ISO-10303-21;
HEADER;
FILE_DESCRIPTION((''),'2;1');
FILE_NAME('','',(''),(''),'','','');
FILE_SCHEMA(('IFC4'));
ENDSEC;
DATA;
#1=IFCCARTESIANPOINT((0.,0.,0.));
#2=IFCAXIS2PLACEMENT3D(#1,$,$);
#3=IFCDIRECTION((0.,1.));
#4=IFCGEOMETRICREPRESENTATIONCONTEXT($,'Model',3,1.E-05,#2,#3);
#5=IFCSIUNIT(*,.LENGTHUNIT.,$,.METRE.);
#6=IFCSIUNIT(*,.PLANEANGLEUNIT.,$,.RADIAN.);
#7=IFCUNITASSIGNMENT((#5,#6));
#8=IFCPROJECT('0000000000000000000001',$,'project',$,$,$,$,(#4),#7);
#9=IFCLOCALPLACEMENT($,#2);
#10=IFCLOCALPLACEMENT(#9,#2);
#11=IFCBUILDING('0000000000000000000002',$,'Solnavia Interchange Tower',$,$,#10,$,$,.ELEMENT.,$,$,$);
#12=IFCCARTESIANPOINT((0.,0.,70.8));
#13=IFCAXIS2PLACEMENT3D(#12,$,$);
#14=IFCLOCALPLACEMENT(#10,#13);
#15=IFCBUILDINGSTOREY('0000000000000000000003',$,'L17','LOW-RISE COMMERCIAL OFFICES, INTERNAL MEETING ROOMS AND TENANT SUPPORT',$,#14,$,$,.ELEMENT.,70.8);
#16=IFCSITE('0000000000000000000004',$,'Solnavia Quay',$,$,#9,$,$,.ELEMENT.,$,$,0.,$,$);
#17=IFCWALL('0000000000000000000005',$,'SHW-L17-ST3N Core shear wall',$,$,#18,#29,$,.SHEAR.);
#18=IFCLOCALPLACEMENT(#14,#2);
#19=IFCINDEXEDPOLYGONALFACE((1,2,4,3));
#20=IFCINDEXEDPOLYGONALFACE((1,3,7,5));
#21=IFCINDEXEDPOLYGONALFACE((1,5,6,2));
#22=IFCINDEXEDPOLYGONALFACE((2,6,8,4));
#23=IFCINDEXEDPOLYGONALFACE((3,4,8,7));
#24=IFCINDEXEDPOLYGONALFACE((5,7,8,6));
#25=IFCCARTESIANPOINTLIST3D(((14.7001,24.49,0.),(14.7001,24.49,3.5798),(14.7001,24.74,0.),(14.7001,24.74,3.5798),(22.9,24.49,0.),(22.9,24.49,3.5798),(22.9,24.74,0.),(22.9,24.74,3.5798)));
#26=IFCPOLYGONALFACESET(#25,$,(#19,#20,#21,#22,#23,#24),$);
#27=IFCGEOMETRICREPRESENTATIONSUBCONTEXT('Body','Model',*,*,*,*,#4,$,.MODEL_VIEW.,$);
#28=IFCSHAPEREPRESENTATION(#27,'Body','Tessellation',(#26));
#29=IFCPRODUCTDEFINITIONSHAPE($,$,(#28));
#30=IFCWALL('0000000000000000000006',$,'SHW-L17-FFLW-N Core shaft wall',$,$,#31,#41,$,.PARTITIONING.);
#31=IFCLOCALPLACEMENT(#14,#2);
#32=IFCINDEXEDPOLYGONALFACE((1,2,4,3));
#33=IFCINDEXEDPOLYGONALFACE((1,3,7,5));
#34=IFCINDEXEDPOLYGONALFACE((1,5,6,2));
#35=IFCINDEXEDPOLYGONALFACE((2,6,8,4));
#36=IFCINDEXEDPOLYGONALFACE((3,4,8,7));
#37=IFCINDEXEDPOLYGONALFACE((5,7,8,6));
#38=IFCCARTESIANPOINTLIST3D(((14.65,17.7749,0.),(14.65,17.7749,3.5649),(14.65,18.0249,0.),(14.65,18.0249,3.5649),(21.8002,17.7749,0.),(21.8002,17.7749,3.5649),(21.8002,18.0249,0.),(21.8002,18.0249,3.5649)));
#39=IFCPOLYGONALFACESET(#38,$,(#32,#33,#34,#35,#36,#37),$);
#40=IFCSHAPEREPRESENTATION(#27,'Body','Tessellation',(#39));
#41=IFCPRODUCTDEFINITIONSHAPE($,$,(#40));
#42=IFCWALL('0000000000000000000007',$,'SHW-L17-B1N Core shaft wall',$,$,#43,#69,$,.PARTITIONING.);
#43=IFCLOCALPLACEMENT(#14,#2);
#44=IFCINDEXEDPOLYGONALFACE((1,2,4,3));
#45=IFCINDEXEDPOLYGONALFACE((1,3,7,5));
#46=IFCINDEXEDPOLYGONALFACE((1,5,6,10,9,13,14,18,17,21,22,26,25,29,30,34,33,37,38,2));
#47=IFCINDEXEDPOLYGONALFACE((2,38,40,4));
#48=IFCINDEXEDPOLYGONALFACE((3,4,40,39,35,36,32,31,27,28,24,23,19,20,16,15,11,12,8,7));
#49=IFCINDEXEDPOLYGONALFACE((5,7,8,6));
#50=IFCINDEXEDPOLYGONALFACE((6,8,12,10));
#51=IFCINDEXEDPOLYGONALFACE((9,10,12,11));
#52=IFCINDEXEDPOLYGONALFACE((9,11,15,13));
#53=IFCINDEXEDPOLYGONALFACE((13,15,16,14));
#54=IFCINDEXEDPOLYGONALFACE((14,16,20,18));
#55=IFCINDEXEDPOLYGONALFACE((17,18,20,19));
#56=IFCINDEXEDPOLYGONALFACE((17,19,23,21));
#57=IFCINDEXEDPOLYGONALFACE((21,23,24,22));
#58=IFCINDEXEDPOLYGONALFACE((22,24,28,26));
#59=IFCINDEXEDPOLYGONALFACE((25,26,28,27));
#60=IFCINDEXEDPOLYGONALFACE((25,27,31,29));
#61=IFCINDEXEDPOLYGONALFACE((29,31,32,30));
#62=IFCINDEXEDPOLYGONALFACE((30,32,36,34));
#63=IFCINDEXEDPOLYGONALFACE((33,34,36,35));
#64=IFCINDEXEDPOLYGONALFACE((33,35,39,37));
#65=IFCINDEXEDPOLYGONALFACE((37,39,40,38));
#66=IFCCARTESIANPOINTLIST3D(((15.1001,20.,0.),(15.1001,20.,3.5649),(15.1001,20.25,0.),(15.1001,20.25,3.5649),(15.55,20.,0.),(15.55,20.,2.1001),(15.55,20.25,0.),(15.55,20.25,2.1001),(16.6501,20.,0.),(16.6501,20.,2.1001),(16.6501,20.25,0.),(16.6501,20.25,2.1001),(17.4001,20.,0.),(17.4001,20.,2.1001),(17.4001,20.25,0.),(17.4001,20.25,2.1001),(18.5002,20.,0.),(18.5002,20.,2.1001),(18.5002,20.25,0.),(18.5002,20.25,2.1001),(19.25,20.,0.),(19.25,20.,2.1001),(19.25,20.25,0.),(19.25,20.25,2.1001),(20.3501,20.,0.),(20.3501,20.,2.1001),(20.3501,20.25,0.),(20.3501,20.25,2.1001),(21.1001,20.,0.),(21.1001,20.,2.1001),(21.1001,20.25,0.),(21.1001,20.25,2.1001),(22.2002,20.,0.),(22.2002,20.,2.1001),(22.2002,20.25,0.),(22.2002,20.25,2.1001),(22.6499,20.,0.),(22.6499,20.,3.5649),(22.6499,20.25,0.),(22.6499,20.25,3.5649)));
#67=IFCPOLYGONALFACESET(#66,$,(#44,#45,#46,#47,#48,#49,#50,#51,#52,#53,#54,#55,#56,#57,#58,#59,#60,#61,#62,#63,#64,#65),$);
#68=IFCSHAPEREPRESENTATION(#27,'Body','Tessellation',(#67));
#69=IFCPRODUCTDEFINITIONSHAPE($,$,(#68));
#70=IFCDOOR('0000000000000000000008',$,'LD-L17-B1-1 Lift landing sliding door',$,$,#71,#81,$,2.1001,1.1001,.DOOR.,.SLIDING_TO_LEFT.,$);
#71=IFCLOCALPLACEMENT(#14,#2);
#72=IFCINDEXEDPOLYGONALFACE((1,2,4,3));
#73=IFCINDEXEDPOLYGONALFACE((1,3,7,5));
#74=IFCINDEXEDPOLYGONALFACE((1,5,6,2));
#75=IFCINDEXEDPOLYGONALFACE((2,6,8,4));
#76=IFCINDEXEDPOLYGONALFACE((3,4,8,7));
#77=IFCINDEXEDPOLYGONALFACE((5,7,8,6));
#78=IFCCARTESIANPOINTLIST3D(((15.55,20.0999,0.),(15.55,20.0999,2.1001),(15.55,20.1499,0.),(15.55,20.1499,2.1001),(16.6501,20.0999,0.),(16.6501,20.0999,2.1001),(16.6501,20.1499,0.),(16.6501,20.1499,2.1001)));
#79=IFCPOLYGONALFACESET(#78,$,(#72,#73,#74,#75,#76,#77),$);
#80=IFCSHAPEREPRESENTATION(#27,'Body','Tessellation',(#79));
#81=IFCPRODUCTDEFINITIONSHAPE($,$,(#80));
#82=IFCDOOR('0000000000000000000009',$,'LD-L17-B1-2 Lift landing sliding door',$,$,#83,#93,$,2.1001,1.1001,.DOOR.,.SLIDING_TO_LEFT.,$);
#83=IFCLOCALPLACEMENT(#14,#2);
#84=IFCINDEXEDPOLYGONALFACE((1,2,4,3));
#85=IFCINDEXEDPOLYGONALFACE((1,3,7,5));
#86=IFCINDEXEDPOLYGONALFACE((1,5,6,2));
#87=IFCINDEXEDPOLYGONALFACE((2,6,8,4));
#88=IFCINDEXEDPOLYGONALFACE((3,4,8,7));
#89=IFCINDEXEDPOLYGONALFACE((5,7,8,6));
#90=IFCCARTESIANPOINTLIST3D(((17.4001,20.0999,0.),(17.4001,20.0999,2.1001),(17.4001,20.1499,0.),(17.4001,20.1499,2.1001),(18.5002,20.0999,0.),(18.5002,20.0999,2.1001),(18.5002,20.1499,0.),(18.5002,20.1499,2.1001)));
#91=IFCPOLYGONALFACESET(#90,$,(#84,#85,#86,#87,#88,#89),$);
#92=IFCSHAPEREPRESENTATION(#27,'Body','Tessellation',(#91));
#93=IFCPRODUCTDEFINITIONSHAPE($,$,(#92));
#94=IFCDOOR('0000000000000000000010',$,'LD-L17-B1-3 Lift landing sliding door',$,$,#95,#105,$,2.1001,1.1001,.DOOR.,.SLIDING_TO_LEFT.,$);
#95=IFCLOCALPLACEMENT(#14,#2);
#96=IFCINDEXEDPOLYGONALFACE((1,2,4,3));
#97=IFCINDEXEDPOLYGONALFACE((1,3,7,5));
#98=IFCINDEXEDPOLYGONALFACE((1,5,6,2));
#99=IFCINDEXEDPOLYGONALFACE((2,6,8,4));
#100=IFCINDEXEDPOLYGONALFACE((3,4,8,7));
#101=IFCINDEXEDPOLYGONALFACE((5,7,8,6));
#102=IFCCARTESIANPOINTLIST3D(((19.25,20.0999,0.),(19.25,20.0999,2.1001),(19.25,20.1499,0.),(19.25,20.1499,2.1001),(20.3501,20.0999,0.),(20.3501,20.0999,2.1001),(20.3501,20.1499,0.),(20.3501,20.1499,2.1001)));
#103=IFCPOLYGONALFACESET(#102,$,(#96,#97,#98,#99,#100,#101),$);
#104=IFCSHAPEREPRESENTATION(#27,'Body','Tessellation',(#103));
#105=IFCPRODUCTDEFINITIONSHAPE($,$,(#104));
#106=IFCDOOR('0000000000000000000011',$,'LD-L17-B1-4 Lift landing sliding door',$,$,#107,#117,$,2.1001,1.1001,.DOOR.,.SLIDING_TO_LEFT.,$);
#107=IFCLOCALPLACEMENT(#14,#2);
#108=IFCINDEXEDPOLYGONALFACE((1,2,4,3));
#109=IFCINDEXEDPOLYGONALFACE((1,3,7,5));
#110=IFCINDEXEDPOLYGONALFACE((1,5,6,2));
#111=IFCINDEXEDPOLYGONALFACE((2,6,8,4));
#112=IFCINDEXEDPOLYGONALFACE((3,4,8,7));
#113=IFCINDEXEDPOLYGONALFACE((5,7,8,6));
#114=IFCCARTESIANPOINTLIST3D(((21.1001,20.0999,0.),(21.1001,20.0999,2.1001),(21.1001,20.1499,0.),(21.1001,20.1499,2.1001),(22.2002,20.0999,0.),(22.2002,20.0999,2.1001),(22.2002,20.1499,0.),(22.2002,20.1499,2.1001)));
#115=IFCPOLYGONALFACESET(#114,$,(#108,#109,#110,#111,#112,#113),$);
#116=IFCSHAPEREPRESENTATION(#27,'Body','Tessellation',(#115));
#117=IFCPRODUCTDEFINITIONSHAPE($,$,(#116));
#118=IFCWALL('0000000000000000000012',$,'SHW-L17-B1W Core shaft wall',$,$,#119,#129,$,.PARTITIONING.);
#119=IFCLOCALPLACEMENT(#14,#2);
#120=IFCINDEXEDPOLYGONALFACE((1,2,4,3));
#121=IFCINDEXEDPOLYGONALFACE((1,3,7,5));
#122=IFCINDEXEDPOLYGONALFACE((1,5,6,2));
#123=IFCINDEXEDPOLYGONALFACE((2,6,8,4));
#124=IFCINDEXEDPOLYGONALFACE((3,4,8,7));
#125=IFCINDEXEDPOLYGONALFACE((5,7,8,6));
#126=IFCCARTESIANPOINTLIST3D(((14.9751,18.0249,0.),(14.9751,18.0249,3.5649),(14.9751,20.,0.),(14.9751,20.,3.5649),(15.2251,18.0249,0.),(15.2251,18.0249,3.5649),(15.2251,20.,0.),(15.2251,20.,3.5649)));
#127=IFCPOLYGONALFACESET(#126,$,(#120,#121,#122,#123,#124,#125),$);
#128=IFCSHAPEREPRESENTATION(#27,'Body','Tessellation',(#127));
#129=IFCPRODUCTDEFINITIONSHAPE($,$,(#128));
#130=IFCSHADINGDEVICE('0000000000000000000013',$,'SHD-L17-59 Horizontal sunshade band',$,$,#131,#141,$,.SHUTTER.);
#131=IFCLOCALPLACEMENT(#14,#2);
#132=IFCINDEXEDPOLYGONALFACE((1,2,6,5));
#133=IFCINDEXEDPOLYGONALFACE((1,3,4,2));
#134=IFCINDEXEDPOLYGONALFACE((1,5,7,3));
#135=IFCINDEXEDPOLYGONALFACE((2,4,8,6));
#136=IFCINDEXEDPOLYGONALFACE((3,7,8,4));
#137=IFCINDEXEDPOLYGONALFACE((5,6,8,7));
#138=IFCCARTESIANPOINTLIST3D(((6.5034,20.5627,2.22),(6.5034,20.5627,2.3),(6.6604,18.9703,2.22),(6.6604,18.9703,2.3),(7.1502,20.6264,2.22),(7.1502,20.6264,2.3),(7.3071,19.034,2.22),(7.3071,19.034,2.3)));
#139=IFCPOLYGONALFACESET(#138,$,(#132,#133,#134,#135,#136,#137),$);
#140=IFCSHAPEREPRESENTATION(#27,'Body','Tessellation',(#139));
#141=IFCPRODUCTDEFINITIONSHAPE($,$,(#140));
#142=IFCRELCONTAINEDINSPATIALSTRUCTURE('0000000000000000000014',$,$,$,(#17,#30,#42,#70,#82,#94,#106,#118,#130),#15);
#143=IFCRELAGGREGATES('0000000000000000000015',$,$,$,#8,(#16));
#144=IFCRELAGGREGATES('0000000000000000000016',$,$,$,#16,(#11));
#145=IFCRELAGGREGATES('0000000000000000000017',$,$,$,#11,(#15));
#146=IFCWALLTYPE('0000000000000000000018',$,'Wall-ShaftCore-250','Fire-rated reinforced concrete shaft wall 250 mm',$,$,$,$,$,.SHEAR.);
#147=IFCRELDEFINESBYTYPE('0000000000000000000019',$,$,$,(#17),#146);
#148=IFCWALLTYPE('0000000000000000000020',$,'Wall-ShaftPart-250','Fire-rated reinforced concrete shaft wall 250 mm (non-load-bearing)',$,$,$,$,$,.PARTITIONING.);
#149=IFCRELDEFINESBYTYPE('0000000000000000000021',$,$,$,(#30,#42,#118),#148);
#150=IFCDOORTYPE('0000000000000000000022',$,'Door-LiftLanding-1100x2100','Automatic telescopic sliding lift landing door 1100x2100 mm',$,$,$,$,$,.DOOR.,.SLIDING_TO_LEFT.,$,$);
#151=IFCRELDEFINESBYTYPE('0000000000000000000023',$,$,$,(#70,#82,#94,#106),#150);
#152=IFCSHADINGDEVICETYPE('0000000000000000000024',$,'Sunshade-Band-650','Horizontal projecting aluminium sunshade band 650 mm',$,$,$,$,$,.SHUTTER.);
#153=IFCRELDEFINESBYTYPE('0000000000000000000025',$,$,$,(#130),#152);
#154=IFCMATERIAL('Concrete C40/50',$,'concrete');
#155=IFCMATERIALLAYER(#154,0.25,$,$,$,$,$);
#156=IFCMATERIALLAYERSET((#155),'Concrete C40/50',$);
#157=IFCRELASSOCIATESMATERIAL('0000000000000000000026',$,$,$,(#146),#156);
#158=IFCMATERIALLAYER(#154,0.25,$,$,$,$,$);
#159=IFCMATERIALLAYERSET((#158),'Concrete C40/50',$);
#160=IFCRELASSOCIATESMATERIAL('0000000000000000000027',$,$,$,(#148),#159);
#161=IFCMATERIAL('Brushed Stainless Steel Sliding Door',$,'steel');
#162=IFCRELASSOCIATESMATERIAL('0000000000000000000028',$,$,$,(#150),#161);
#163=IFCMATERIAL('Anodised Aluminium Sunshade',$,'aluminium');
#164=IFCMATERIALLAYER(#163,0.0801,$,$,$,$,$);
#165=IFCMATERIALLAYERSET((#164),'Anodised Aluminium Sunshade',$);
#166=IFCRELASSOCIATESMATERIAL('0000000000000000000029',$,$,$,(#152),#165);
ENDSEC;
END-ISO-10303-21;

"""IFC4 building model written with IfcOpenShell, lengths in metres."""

from ifc_helpers import new_model, si_unit, direction, frame, frame_2d, origin, origin_2d, place, context, subcontext, project, spatial, rectangle, extrude, material, layer, layer_set, type_object, element, fill, save


model = new_model("IFC4")

# Units and contexts
model_context = context("Model", 3, precision=1e-05, world=origin(), true_north=direction((0.0, 1.0)))
body_context = subcontext(model_context, "Body", "Model", "MODEL_VIEW")
ifc_project = project(units=[si_unit("LENGTHUNIT", "METRE"), si_unit("PLANEANGLEUNIT", "RADIAN")], contexts=[model_context])

# Site, building, storey
site_placement = place(None, origin())
site = spatial("IfcSite", under=ifc_project, at=site_placement, Name="Solnavia Quay", CompositionType="ELEMENT", RefElevation=0.0)
building_placement = place(site_placement, origin())
building = spatial("IfcBuilding", under=site, at=building_placement, Name="Solnavia Interchange Tower", CompositionType="ELEMENT")
storey_placement = place(building_placement, frame((0.0, 0.0, 70.8)))
storey = spatial("IfcBuildingStorey", under=building, at=storey_placement, Name="L17", Description="LOW-RISE COMMERCIAL OFFICES, INTERNAL MEETING ROOMS AND TENANT SUPPORT", CompositionType="ELEMENT", Elevation=70.8)

# Shared definitions
ifc_material_1 = material(Name="Concrete C40/50", Category="concrete")

# Shared definitions
ifc_layer_1 = layer(ifc_material_1, 0.25)
ifc_layer_set_1 = layer_set([ifc_layer_1], Name="Concrete C40/50")
wall_type_1 = type_object("IfcWallType", Name="Wall-ShaftCore-250", Description="Fire-rated reinforced concrete shaft wall 250 mm", PredefinedType="SHEAR", material=ifc_layer_set_1)

# Walls
for number, where, z_axis, x_axis, name in (
    (1, (14.7, 24.615, 0.0), (0.0, 0.0, 1.0), (1.0, 0.0, 0.0), "SHW-L17-ST3N Core shear wall"),
):
    element("IfcWall", number, at=place(storey_placement, frame(where, z_axis=z_axis, x_axis=x_axis)), inside=storey, type_object=wall_type_1, Name=name, PredefinedType="SHEAR", context=body_context, shape_type="SweptSolid", body=[
        extrude(rectangle(XDim=8.2, YDim=0.25, at=frame_2d((4.1001, 0.0))), origin(), (0.0, 0.0, 1.0), 3.5798),
    ])
ifc_layer_2 = layer(ifc_material_1, 0.25)
ifc_layer_set_2 = layer_set([ifc_layer_2], Name="Concrete C40/50")
wall_type_2 = type_object("IfcWallType", Name="Wall-ShaftPart-250", Description="Fire-rated reinforced concrete shaft wall 250 mm (non-load-bearing)", PredefinedType="PARTITIONING", material=ifc_layer_set_2)
wall_1_placement = place(storey_placement, frame((14.6499, 17.8999, 0.0), z_axis=(0.0, 0.0, 1.0), x_axis=(1.0, 0.0, 0.0)))
element("IfcWall", 2, at=wall_1_placement, inside=storey, type_object=wall_type_2, Name="SHW-L17-FFLW-N Core shaft wall", PredefinedType="PARTITIONING", context=body_context, shape_type="SweptSolid", body=[
    extrude(rectangle(XDim=7.1501, YDim=0.25, at=frame_2d((3.5752, 0.0))), origin(), (0.0, 0.0, 1.0), 3.5649),
])

# Wall, openings, doors
wall_2_placement = place(storey_placement, frame((15.1001, 20.125, 0.0), z_axis=(0.0, 0.0, 1.0), x_axis=(1.0, 0.0, 0.0)))
wall_2 = element("IfcWall", 3, at=wall_2_placement, inside=storey, type_object=wall_type_2, Name="SHW-L17-B1N Core shaft wall", PredefinedType="PARTITIONING", context=body_context, shape_type="SweptSolid", body=[
    extrude(rectangle(XDim=7.5498, YDim=0.25, at=frame_2d((3.7749, 0.0))), origin(), (0.0, 0.0, 1.0), 3.5649),
])
opening_1_placement = place(wall_2_placement, frame((0.45, 0.0, 0.0)))
opening_1 = element("IfcOpeningElement", 4, at=opening_1_placement, cuts=wall_2, PredefinedType="OPENING", context=body_context, shape_type="SweptSolid", body=[
    extrude(rectangle(XDim=1.1001, YDim=2.1001, at=frame_2d((0.55, 1.05))), frame((0.0, 0.135, 0.0), z_axis=(0.0, -1.0, 0.0), x_axis=(1.0, 0.0, 0.0)), (0.0, 0.0, 1.0), 0.27),
])
opening_2_placement = place(wall_2_placement, frame((2.3, 0.0, 0.0)))
opening_2 = element("IfcOpeningElement", 5, at=opening_2_placement, cuts=wall_2, PredefinedType="OPENING", context=body_context, shape_type="SweptSolid", body=[
    extrude(rectangle(XDim=1.1001, YDim=2.1001, at=frame_2d((0.55, 1.05))), frame((0.0, 0.135, 0.0), z_axis=(0.0, -1.0, 0.0), x_axis=(1.0, 0.0, 0.0)), (0.0, 0.0, 1.0), 0.27),
])
opening_3_placement = place(wall_2_placement, frame((4.1499, 0.0, 0.0)))
opening_3 = element("IfcOpeningElement", 6, at=opening_3_placement, cuts=wall_2, PredefinedType="OPENING", context=body_context, shape_type="SweptSolid", body=[
    extrude(rectangle(XDim=1.1001, YDim=2.1001, at=frame_2d((0.55, 1.05))), frame((0.0, 0.135, 0.0), z_axis=(0.0, -1.0, 0.0), x_axis=(1.0, 0.0, 0.0)), (0.0, 0.0, 1.0), 0.27),
])
opening_4_placement = place(wall_2_placement, frame((6.0, 0.0, 0.0)))
opening_4 = element("IfcOpeningElement", 7, at=opening_4_placement, cuts=wall_2, PredefinedType="OPENING", context=body_context, shape_type="SweptSolid", body=[
    extrude(rectangle(XDim=1.1001, YDim=2.1001, at=frame_2d((0.55, 1.05))), frame((0.0, 0.135, 0.0), z_axis=(0.0, -1.0, 0.0), x_axis=(1.0, 0.0, 0.0)), (0.0, 0.0, 1.0), 0.27),
])
ifc_material_2 = material(Name="Brushed Stainless Steel Sliding Door", Category="steel")
door_type_1 = type_object("IfcDoorType", Name="Door-LiftLanding-1100x2100", Description="Automatic telescopic sliding lift landing door 1100x2100 mm", OperationType="SLIDING_TO_LEFT", PredefinedType="DOOR", material=ifc_material_2)
door_1_placement = place(opening_1_placement, origin())
door_1 = element("IfcDoor", 8, at=door_1_placement, inside=storey, type_object=door_type_1, Name="LD-L17-B1-1 Lift landing sliding door", OperationType="SLIDING_TO_LEFT", OverallHeight=2.1001, OverallWidth=1.1001, PredefinedType="DOOR", context=body_context, shape_type="SweptSolid", body=[
    extrude(rectangle(XDim=1.1001, YDim=2.1001, at=frame_2d((0.55, 1.05))), frame((0.0, 0.0249, 0.0), z_axis=(0.0, -1.0, 0.0), x_axis=(1.0, 0.0, 0.0)), (0.0, 0.0, 1.0), 0.05),
])
fill(opening_1, door_1)
door_2_placement = place(opening_2_placement, origin())
door_2 = element("IfcDoor", 9, at=door_2_placement, inside=storey, type_object=door_type_1, Name="LD-L17-B1-2 Lift landing sliding door", OperationType="SLIDING_TO_LEFT", OverallHeight=2.1001, OverallWidth=1.1001, PredefinedType="DOOR", context=body_context, shape_type="SweptSolid", body=[
    extrude(rectangle(XDim=1.1001, YDim=2.1001, at=frame_2d((0.55, 1.05))), frame((0.0, 0.0249, 0.0), z_axis=(0.0, -1.0, 0.0), x_axis=(1.0, 0.0, 0.0)), (0.0, 0.0, 1.0), 0.05),
])
fill(opening_2, door_2)
door_3_placement = place(opening_3_placement, origin())
door_3 = element("IfcDoor", 10, at=door_3_placement, inside=storey, type_object=door_type_1, Name="LD-L17-B1-3 Lift landing sliding door", OperationType="SLIDING_TO_LEFT", OverallHeight=2.1001, OverallWidth=1.1001, PredefinedType="DOOR", context=body_context, shape_type="SweptSolid", body=[
    extrude(rectangle(XDim=1.1001, YDim=2.1001, at=frame_2d((0.55, 1.05))), frame((0.0, 0.0249, 0.0), z_axis=(0.0, -1.0, 0.0), x_axis=(1.0, 0.0, 0.0)), (0.0, 0.0, 1.0), 0.05),
])
fill(opening_3, door_3)
door_4_placement = place(opening_4_placement, origin())
door_4 = element("IfcDoor", 11, at=door_4_placement, inside=storey, type_object=door_type_1, Name="LD-L17-B1-4 Lift landing sliding door", OperationType="SLIDING_TO_LEFT", OverallHeight=2.1001, OverallWidth=1.1001, PredefinedType="DOOR", context=body_context, shape_type="SweptSolid", body=[
    extrude(rectangle(XDim=1.1001, YDim=2.1001, at=frame_2d((0.55, 1.05))), frame((0.0, 0.0249, 0.0), z_axis=(0.0, -1.0, 0.0), x_axis=(1.0, 0.0, 0.0)), (0.0, 0.0, 1.0), 0.05),
])
fill(opening_4, door_4)

# Wall
wall_3_placement = place(storey_placement, frame((15.1001, 18.0249, 0.0), z_axis=(0.0, 0.0, 1.0), x_axis=(0.0, 1.0, 0.0)))
element("IfcWall", 12, at=wall_3_placement, inside=storey, type_object=wall_type_2, Name="SHW-L17-B1W Core shaft wall", PredefinedType="PARTITIONING", context=body_context, shape_type="SweptSolid", body=[
    extrude(rectangle(XDim=1.9751, YDim=0.25, at=frame_2d((0.9875, 0.0))), origin(), (0.0, 0.0, 1.0), 3.5649),
])

# Shading device
ifc_material_3 = material(Name="Anodised Aluminium Sunshade", Category="aluminium")
ifc_layer_3 = layer(ifc_material_3, 0.0801)
ifc_layer_set_3 = layer_set([ifc_layer_3], Name="Anodised Aluminium Sunshade")
shading_device_type = type_object("IfcShadingDeviceType", Name="Sunshade-Band-650", Description="Horizontal projecting aluminium sunshade band 650 mm", PredefinedType="SHUTTER", material=ifc_layer_set_3)
shading_device_placement = place(storey_placement, frame((6.9053, 19.7983, 2.22), z_axis=(0.0, 0.0, 1.0), x_axis=(-0.098104, 0.995176, 0.0)))
element("IfcShadingDevice", 13, at=shading_device_placement, inside=storey, type_object=shading_device_type, Name="SHD-L17-59 Horizontal sunshade band", PredefinedType="SHUTTER", context=body_context, shape_type="SweptSolid", body=[
    extrude(rectangle(XDim=1.6001, YDim=0.6499, at=origin_2d()), origin(), (0.0, 0.0, 1.0), 0.0801),
])

save(model, "model.ifc")
